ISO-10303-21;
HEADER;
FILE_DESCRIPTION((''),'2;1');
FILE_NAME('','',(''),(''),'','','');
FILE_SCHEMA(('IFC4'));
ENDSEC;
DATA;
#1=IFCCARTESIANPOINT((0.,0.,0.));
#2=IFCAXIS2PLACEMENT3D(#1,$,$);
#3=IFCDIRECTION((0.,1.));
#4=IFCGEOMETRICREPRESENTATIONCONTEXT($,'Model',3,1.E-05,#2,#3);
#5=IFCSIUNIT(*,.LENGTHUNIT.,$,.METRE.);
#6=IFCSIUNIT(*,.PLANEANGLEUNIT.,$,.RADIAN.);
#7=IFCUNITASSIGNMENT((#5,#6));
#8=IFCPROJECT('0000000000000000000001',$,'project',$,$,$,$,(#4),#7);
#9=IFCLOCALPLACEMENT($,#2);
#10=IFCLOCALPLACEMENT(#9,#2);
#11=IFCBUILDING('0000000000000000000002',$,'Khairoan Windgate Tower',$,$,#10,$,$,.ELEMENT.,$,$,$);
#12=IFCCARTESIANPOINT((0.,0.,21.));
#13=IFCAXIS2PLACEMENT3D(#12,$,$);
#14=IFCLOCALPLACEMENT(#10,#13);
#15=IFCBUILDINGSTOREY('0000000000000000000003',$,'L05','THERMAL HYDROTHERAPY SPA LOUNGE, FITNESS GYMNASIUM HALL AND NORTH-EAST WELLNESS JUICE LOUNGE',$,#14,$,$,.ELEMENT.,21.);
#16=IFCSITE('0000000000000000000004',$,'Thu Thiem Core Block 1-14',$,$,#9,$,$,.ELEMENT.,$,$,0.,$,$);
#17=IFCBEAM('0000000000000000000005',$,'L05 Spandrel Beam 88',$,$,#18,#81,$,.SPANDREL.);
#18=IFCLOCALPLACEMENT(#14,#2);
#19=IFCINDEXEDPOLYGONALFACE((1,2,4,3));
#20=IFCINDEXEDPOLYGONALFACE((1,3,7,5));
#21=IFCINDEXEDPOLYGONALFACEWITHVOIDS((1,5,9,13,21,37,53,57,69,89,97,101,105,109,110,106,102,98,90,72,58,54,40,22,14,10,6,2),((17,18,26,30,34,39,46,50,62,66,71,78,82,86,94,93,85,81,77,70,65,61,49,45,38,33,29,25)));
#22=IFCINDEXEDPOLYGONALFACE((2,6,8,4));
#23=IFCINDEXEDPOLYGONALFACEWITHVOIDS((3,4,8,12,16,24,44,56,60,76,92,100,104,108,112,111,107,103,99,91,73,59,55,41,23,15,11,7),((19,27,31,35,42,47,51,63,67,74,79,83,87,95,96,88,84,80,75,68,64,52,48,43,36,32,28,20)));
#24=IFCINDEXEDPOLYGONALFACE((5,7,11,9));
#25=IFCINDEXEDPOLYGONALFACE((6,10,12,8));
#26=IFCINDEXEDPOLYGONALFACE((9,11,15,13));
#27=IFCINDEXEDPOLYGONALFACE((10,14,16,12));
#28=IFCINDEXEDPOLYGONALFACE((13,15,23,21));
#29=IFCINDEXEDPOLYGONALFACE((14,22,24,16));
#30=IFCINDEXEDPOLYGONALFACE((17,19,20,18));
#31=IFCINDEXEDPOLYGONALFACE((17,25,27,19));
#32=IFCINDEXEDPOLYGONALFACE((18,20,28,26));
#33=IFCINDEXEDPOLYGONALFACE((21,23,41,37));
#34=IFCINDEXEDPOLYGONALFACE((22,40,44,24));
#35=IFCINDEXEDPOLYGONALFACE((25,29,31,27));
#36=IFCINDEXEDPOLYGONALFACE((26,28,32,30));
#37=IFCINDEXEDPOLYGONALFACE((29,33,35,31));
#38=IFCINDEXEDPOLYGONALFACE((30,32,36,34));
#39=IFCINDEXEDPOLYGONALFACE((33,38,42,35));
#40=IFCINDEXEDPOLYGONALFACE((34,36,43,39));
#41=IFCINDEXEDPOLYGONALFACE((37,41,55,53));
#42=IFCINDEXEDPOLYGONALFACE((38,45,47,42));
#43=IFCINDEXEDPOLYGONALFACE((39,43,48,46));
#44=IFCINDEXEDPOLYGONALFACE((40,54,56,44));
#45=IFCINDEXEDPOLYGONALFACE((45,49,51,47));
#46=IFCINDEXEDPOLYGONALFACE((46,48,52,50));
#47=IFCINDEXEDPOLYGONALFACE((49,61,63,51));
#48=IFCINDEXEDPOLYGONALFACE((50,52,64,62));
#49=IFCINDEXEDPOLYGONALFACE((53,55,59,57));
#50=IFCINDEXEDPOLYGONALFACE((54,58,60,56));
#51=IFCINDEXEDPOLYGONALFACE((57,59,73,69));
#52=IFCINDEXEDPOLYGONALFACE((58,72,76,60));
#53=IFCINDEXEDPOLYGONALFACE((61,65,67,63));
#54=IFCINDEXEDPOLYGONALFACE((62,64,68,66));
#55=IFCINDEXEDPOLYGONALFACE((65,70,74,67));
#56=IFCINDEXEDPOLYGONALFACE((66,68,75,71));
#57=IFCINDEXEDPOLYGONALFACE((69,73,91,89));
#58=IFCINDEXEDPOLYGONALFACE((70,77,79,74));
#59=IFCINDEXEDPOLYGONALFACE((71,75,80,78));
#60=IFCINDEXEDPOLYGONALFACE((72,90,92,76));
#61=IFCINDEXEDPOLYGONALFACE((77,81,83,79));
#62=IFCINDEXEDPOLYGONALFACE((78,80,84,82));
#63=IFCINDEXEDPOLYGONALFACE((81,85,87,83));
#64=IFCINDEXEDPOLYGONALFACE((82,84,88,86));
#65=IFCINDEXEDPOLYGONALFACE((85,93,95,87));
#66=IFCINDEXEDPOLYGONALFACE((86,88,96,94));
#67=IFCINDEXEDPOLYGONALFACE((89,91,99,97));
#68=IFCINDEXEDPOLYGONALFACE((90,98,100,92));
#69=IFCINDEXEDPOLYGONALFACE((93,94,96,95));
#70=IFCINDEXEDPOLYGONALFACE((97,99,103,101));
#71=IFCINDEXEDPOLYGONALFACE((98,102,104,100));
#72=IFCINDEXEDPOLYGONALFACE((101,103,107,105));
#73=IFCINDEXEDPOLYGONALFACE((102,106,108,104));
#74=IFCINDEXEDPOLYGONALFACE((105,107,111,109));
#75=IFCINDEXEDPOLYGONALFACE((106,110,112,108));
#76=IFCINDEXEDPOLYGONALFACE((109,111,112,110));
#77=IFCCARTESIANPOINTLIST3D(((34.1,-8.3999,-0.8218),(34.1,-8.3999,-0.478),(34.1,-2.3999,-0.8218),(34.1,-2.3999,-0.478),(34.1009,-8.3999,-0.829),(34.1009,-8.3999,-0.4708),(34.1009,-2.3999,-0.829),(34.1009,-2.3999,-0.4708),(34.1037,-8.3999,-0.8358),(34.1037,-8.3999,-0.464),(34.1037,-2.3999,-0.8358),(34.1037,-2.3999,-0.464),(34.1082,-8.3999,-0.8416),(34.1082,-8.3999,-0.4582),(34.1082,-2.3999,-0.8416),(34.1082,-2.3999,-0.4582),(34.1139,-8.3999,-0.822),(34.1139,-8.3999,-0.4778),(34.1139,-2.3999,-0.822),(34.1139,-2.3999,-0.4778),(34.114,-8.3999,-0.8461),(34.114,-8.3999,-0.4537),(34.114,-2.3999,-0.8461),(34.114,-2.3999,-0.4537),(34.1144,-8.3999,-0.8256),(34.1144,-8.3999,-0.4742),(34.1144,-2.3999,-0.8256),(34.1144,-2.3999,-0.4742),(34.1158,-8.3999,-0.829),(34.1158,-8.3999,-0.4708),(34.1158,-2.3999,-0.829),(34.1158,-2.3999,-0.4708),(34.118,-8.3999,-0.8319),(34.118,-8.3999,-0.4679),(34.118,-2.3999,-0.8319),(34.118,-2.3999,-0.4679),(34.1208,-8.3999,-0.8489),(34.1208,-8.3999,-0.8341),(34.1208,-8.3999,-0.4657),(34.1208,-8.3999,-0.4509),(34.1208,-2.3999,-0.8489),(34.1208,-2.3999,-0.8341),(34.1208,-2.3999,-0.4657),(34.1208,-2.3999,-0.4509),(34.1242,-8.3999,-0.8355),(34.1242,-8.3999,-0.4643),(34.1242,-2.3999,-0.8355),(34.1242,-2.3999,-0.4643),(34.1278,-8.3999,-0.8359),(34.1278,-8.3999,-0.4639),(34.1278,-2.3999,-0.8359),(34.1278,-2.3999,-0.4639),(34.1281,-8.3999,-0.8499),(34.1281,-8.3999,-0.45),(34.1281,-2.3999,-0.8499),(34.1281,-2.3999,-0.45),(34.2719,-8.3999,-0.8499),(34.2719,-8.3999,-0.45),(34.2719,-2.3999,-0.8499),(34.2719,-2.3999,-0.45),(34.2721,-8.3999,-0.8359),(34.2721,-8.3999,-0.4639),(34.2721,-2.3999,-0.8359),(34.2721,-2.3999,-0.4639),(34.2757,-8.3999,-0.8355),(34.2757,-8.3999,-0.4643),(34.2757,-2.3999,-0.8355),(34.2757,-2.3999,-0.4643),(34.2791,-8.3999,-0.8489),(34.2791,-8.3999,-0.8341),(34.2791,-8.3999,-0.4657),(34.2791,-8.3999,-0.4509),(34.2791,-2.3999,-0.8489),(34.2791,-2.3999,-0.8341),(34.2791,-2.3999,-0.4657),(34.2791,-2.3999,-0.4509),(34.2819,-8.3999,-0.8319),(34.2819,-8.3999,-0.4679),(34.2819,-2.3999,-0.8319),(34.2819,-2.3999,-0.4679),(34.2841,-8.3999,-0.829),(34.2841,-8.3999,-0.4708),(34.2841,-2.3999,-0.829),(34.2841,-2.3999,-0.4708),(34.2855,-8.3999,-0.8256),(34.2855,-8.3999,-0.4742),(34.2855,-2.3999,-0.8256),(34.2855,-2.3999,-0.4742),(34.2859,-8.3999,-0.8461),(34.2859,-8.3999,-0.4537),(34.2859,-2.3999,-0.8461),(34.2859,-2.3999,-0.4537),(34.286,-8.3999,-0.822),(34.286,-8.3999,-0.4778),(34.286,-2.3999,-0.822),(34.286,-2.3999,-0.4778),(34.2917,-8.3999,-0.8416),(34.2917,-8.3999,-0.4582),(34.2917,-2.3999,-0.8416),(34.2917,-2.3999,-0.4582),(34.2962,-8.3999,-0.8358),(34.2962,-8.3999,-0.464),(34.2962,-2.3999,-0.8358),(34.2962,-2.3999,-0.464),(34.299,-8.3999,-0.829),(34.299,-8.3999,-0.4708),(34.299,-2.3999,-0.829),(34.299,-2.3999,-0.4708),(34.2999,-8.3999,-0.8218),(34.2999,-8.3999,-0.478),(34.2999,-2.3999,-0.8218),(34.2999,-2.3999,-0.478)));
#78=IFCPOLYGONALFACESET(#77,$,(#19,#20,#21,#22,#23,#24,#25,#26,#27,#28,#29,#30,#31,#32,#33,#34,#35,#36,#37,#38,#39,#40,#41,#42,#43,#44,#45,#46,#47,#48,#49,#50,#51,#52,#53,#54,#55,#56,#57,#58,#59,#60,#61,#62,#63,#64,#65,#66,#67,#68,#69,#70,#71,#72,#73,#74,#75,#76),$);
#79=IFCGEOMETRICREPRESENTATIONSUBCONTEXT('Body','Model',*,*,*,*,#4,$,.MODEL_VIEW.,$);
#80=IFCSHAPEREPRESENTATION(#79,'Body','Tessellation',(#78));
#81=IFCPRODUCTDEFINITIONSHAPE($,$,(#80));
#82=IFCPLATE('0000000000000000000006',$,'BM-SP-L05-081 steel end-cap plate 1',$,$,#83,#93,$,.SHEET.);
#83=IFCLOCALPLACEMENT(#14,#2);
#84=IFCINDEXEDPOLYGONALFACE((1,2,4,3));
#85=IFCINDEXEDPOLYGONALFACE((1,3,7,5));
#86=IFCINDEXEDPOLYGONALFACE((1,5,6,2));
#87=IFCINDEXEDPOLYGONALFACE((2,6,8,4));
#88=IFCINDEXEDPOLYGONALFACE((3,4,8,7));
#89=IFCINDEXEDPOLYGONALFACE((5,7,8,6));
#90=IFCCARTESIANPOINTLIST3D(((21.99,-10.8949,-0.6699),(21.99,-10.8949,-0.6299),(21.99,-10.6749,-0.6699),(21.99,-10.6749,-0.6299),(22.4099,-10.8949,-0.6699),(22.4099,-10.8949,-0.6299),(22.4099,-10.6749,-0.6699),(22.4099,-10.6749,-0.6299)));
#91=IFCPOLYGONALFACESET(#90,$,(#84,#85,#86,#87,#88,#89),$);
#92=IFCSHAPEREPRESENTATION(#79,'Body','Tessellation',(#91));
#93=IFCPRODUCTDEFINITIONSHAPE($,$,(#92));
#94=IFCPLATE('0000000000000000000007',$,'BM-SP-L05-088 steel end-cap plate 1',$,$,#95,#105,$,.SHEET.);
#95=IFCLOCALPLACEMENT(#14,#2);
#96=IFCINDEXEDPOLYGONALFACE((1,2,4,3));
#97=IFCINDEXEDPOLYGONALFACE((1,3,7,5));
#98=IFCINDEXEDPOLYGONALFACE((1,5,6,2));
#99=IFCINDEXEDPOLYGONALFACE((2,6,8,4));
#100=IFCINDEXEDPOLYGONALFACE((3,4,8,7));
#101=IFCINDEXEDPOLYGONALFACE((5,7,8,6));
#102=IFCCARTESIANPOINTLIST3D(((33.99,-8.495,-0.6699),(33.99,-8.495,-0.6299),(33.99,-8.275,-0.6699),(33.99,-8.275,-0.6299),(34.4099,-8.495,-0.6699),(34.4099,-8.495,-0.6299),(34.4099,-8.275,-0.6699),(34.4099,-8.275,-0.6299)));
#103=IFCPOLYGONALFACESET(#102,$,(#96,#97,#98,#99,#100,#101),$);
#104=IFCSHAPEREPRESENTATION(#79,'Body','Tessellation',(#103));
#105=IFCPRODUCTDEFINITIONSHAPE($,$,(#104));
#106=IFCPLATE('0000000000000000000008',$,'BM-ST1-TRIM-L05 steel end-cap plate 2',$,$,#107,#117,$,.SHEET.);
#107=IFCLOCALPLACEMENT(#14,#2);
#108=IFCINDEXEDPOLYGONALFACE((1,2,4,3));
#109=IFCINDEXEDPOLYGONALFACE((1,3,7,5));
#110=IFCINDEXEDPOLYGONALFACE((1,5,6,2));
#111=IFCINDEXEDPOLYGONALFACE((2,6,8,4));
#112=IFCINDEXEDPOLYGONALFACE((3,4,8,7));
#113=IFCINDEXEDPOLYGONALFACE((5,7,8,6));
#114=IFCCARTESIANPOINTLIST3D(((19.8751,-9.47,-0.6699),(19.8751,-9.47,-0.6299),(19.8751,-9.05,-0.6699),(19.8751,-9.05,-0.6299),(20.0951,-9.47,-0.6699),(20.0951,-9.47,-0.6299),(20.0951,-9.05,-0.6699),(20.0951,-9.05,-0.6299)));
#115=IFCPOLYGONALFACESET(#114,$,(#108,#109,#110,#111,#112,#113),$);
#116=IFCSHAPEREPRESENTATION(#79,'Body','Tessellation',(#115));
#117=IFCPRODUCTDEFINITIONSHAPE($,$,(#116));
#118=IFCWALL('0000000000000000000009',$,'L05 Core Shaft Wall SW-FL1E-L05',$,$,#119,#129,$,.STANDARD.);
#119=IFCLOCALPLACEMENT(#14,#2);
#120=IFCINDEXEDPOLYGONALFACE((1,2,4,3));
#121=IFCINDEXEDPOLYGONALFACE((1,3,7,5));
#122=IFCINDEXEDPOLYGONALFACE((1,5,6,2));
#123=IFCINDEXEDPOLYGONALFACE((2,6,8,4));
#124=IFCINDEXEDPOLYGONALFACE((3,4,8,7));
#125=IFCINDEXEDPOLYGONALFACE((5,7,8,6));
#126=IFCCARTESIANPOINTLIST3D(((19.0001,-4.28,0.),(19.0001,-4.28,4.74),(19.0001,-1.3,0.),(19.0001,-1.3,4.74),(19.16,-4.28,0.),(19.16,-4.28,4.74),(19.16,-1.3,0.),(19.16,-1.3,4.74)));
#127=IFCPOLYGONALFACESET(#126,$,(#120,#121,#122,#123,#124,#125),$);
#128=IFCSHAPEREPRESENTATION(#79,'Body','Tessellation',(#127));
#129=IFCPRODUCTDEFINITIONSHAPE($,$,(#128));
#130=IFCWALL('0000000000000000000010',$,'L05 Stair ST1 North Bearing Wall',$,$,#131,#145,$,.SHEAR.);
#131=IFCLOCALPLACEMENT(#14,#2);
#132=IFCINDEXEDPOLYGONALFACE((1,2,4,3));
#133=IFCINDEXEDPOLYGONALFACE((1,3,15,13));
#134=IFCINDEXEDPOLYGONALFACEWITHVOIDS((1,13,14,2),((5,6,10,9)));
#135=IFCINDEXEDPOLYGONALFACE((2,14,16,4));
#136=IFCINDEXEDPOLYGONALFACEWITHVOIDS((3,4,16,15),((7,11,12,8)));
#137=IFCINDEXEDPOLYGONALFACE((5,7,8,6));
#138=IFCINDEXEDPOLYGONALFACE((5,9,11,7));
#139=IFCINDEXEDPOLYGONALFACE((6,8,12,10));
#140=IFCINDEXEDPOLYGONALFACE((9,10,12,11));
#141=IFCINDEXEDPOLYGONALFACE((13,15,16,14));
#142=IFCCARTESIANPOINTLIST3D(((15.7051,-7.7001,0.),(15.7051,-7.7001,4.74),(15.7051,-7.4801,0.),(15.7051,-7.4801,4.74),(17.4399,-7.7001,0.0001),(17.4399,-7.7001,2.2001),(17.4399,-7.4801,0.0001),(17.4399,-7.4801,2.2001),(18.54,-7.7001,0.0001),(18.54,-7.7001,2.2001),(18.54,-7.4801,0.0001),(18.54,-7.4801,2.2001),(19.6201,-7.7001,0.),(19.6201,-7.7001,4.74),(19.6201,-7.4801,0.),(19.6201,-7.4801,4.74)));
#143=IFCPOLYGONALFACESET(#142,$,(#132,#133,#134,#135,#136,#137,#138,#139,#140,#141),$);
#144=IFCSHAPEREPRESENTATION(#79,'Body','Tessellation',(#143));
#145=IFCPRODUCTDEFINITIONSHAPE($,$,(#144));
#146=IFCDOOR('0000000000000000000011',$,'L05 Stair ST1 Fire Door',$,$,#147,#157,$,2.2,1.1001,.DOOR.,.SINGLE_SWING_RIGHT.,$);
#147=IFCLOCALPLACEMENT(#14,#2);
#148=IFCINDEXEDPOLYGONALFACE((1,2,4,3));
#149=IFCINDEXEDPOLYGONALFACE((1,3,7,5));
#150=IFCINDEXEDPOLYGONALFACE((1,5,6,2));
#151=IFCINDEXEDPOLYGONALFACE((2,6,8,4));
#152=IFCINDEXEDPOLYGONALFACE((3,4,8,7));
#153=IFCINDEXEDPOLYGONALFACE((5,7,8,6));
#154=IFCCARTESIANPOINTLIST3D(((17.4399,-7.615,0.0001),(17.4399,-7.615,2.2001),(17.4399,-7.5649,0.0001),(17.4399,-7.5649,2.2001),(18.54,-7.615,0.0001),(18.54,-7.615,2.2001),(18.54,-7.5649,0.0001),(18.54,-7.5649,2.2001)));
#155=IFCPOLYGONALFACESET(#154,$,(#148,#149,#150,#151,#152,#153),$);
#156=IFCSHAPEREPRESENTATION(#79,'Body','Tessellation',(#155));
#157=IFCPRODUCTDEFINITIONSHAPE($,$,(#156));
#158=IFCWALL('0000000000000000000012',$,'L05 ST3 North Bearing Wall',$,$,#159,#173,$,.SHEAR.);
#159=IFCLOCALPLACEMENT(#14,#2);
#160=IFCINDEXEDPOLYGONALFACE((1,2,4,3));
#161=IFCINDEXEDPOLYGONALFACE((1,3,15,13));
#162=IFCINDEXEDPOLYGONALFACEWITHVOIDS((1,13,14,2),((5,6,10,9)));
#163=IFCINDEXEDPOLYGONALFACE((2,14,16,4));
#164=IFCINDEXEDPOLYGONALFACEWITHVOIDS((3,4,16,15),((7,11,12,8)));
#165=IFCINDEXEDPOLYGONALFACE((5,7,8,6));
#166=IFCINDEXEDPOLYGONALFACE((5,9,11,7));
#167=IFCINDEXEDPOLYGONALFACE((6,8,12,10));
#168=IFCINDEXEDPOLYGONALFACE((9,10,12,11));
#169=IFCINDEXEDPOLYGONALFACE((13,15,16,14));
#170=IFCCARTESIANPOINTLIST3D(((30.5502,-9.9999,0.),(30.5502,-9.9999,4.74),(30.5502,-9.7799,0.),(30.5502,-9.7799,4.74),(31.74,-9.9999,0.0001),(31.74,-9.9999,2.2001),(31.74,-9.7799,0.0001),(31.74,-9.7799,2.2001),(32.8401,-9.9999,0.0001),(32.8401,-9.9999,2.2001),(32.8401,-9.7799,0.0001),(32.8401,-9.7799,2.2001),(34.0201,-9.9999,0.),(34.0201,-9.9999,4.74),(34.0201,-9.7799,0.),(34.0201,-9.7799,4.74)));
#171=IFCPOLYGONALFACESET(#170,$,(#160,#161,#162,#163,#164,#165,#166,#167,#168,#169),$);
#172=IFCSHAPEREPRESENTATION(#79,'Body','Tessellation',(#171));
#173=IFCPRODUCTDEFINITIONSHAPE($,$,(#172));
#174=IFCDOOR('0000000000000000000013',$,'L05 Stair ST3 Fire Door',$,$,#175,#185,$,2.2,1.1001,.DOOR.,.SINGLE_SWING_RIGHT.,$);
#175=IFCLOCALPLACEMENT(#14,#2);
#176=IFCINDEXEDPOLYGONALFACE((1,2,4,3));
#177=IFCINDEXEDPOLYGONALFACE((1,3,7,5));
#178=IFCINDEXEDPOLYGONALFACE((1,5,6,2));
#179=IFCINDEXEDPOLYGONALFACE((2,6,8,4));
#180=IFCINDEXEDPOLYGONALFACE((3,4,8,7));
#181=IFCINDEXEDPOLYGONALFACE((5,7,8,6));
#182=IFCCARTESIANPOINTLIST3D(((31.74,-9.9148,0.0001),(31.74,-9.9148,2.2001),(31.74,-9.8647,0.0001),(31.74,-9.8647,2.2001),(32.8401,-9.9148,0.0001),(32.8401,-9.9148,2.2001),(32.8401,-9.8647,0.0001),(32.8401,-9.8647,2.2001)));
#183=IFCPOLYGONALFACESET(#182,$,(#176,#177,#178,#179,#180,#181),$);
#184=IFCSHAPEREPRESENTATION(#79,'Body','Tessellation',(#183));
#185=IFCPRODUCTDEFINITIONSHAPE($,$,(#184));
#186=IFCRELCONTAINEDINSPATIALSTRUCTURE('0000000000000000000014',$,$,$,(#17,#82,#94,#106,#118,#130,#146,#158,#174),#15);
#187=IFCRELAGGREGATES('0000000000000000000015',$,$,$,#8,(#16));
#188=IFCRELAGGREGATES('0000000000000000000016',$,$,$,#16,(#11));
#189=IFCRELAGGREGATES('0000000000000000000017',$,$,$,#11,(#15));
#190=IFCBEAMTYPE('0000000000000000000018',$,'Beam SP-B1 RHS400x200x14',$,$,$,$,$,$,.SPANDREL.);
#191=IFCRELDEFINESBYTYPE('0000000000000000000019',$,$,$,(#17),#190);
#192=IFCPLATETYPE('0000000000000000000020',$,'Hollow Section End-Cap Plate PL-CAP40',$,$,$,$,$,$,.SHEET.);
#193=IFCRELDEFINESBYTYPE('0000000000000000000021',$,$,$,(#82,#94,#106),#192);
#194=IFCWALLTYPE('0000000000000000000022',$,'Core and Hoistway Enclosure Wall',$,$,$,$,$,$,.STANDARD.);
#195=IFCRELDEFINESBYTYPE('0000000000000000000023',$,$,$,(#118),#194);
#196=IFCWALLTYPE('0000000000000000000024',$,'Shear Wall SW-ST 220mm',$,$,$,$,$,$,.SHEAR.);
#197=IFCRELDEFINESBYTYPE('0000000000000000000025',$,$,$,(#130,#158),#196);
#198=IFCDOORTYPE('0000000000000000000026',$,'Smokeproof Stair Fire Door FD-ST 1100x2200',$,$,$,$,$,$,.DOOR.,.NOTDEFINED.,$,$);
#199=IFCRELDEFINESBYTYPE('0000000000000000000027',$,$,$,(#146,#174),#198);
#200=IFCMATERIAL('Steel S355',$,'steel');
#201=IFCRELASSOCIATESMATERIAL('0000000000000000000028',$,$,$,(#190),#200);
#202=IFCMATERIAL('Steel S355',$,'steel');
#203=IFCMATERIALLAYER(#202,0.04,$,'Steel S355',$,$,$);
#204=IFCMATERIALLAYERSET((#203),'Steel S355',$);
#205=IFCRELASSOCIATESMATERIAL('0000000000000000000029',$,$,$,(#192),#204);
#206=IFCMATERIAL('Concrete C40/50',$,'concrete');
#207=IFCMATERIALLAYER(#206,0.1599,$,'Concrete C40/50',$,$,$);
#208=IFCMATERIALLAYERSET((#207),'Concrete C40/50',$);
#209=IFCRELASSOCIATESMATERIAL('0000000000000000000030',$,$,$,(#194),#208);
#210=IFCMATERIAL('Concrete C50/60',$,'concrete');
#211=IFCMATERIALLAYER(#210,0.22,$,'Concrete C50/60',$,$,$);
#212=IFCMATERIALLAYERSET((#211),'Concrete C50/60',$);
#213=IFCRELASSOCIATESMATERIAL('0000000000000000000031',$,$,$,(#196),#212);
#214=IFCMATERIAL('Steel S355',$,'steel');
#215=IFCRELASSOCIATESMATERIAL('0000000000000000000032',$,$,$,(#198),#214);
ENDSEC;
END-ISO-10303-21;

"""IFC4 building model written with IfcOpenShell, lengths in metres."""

from ifc_helpers import new_model, si_unit, direction, frame, frame_2d, origin, origin_2d, place, context, subcontext, project, spatial, rectangle, hollow_rectangle, extrude, material, layer, layer_set, material_profile, profile_set, type_object, element, fill, save


model = new_model("IFC4")

# Units and contexts
model_context = context("Model", 3, precision=1e-05, world=origin(), true_north=direction((0.0, 1.0)))
body_context = subcontext(model_context, "Body", "Model", "MODEL_VIEW")
ifc_project = project(units=[si_unit("LENGTHUNIT", "METRE"), si_unit("PLANEANGLEUNIT", "RADIAN")], contexts=[model_context])

# Site, building, storey
site_placement = place(None, origin())
site = spatial("IfcSite", under=ifc_project, at=site_placement, Name="Thu Thiem Core Block 1-14", CompositionType="ELEMENT", RefElevation=0.0)
building_placement = place(site_placement, origin())
building = spatial("IfcBuilding", under=site, at=building_placement, Name="Khairoan Windgate Tower", CompositionType="ELEMENT")
storey_placement = place(building_placement, frame((0.0, 0.0, 21.0)))
storey = spatial("IfcBuildingStorey", under=building, at=storey_placement, Name="L05", Description="THERMAL HYDROTHERAPY SPA LOUNGE, FITNESS GYMNASIUM HALL AND NORTH-EAST WELLNESS JUICE LOUNGE", CompositionType="ELEMENT", Elevation=21.0)

# Beam
ifc_material_1 = material(Name="Steel S355", Category="steel")
ifc_material_profile_1 = material_profile(ifc_material_1, hollow_rectangle(XDim=0.2, YDim=0.3999, WallThickness=0.0139, InnerFilletRadius=0.0139, OuterFilletRadius=0.0281, at=origin_2d()))
ifc_profile_set_1 = profile_set([ifc_material_profile_1], Name="Steel S355")
beam_type_1 = type_object("IfcBeamType", Name="Beam SP-B1 RHS400x200x14", PredefinedType="SPANDREL", material=ifc_profile_set_1)
beam_1_placement = place(storey_placement, frame((34.2, -8.3999, -0.6499), z_axis=(0.0, 1.0, 0.0), x_axis=(-1.0, 0.0, 0.0)))
element("IfcBeam", 1, at=beam_1_placement, inside=storey, type_object=beam_type_1, Name="L05 Spandrel Beam 88", PredefinedType="SPANDREL", context=body_context, shape_type="SweptSolid", body=[
    extrude(hollow_rectangle(XDim=0.2, YDim=0.3999, WallThickness=0.0139, InnerFilletRadius=0.0139, OuterFilletRadius=0.0281, at=origin_2d()), origin(), (0.0, 0.0, 1.0), 6.0),
])

# Plates
ifc_material_2 = material(Name="Steel S355", Category="steel")
ifc_layer_1 = layer(ifc_material_2, 0.04, Name="Steel S355")
ifc_layer_set_1 = layer_set([ifc_layer_1], Name="Steel S355")
plate_type = type_object("IfcPlateType", Name="Hollow Section End-Cap Plate PL-CAP40", PredefinedType="SHEET", material=ifc_layer_set_1)
for number, where, z_axis, x_axis, name in (
    (2, (22.2, -10.7849, -0.6699), (0.0, 0.0, 1.0), (0.0, 1.0, 0.0), "BM-SP-L05-081 steel end-cap plate 1"),
    (3, (34.2, -8.385, -0.6699), (0.0, 0.0, 1.0), (0.0, 1.0, 0.0), "BM-SP-L05-088 steel end-cap plate 1"),
    (4, (19.9851, -9.26, -0.6699), (0.0, 0.0, 1.0), (1.0, 0.0, 0.0), "BM-ST1-TRIM-L05 steel end-cap plate 2"),
):
    element("IfcPlate", number, at=place(storey_placement, frame(where, z_axis=z_axis, x_axis=x_axis)), inside=storey, type_object=plate_type, Name=name, PredefinedType="SHEET", context=body_context, shape_type="SweptSolid", body=[
        extrude(rectangle(XDim=0.22, YDim=0.4199, at=origin_2d()), origin(), (0.0, 0.0, 1.0), 0.04),
    ])

# Wall
ifc_material_3 = material(Name="Concrete C40/50", Category="concrete")
ifc_layer_2 = layer(ifc_material_3, 0.1599, Name="Concrete C40/50")
ifc_layer_set_2 = layer_set([ifc_layer_2], Name="Concrete C40/50")
wall_type_1 = type_object("IfcWallType", Name="Core and Hoistway Enclosure Wall", PredefinedType="STANDARD", material=ifc_layer_set_2)
wall_1_placement = place(storey_placement, frame((19.0801, -4.28, 0.0), z_axis=(0.0, 0.0, 1.0), x_axis=(0.0, 1.0, 0.0)))
element("IfcWall", 5, at=wall_1_placement, inside=storey, type_object=wall_type_1, Name="L05 Core Shaft Wall SW-FL1E-L05", PredefinedType="STANDARD", context=body_context, shape_type="SweptSolid", body=[
    extrude(rectangle(XDim=2.98, YDim=0.1599, at=frame_2d((1.49, 0.0))), origin(), (0.0, 0.0, 1.0), 4.74),
])

# Walls, openings, doors
ifc_material_4 = material(Name="Concrete C50/60", Category="concrete")
ifc_layer_3 = layer(ifc_material_4, 0.22, Name="Concrete C50/60")
ifc_layer_set_3 = layer_set([ifc_layer_3], Name="Concrete C50/60")
wall_type_2 = type_object("IfcWallType", Name="Shear Wall SW-ST 220mm", PredefinedType="SHEAR", material=ifc_layer_set_3)
wall_2_placement = place(storey_placement, frame((19.6201, -7.5901, 0.0), z_axis=(0.0, 0.0, 1.0), x_axis=(-1.0, 0.0, 0.0)))
wall_2 = element("IfcWall", 6, at=wall_2_placement, inside=storey, type_object=wall_type_2, Name="L05 Stair ST1 North Bearing Wall", PredefinedType="SHEAR", context=body_context, shape_type="SweptSolid", body=[
    extrude(rectangle(XDim=3.915, YDim=0.22, at=frame_2d((1.9575, 0.0))), origin(), (0.0, 0.0, 1.0), 4.74),
])
opening_1_placement = place(wall_2_placement, frame((1.0801, 0.0, 0.0)))
opening_1 = element("IfcOpeningElement", 7, at=opening_1_placement, cuts=wall_2, PredefinedType="OPENING", context=body_context, shape_type="SweptSolid", body=[
    extrude(rectangle(XDim=1.1001, YDim=2.2, at=frame_2d((0.55, 1.1001))), frame((0.0, 0.1199, 0.0), z_axis=(0.0, -1.0, 0.0), x_axis=(1.0, 0.0, 0.0)), (0.0, 0.0, 1.0), 0.24),
])
ifc_material_5 = material(Name="Steel S355", Category="steel")
door_type = type_object("IfcDoorType", Name="Smokeproof Stair Fire Door FD-ST 1100x2200", OperationType="NOTDEFINED", PredefinedType="DOOR", material=ifc_material_5)
door_1_placement = place(opening_1_placement, origin())
door_1 = element("IfcDoor", 8, at=door_1_placement, inside=storey, type_object=door_type, Name="L05 Stair ST1 Fire Door", OperationType="SINGLE_SWING_RIGHT", OverallHeight=2.2, OverallWidth=1.1001, PredefinedType="DOOR", context=body_context, shape_type="SweptSolid", body=[
    extrude(rectangle(XDim=1.1001, YDim=2.2, at=frame_2d((0.55, 1.1001))), frame((0.0, 0.0249, 0.0), z_axis=(0.0, -1.0, 0.0), x_axis=(1.0, 0.0, 0.0)), (0.0, 0.0, 1.0), 0.05),
])
fill(opening_1, door_1)
wall_3_placement = place(storey_placement, frame((34.02, -9.8899, 0.0), z_axis=(0.0, 0.0, 1.0), x_axis=(-1.0, 0.0, 0.0)))
wall_3 = element("IfcWall", 9, at=wall_3_placement, inside=storey, type_object=wall_type_2, Name="L05 ST3 North Bearing Wall", PredefinedType="SHEAR", context=body_context, shape_type="SweptSolid", body=[
    extrude(rectangle(XDim=3.47, YDim=0.22, at=frame_2d((1.7349, 0.0))), origin(), (0.0, 0.0, 1.0), 4.74),
])
opening_2_placement = place(wall_3_placement, frame((1.1799, 0.0, 0.0)))
opening_2 = element("IfcOpeningElement", 10, at=opening_2_placement, cuts=wall_3, PredefinedType="OPENING", context=body_context, shape_type="SweptSolid", body=[
    extrude(rectangle(XDim=1.1001, YDim=2.2, at=frame_2d((0.55, 1.1001))), frame((0.0, 0.1199, 0.0), z_axis=(0.0, -1.0, 0.0), x_axis=(1.0, 0.0, 0.0)), (0.0, 0.0, 1.0), 0.24),
])
door_2_placement = place(opening_2_placement, origin())
door_2 = element("IfcDoor", 11, at=door_2_placement, inside=storey, type_object=door_type, Name="L05 Stair ST3 Fire Door", OperationType="SINGLE_SWING_RIGHT", OverallHeight=2.2, OverallWidth=1.1001, PredefinedType="DOOR", context=body_context, shape_type="SweptSolid", body=[
    extrude(rectangle(XDim=1.1001, YDim=2.2, at=frame_2d((0.55, 1.1001))), frame((0.0, 0.0249, 0.0), z_axis=(0.0, -1.0, 0.0), x_axis=(1.0, 0.0, 0.0)), (0.0, 0.0, 1.0), 0.05),
])
fill(opening_2, door_2)

save(model, "model.ifc")
